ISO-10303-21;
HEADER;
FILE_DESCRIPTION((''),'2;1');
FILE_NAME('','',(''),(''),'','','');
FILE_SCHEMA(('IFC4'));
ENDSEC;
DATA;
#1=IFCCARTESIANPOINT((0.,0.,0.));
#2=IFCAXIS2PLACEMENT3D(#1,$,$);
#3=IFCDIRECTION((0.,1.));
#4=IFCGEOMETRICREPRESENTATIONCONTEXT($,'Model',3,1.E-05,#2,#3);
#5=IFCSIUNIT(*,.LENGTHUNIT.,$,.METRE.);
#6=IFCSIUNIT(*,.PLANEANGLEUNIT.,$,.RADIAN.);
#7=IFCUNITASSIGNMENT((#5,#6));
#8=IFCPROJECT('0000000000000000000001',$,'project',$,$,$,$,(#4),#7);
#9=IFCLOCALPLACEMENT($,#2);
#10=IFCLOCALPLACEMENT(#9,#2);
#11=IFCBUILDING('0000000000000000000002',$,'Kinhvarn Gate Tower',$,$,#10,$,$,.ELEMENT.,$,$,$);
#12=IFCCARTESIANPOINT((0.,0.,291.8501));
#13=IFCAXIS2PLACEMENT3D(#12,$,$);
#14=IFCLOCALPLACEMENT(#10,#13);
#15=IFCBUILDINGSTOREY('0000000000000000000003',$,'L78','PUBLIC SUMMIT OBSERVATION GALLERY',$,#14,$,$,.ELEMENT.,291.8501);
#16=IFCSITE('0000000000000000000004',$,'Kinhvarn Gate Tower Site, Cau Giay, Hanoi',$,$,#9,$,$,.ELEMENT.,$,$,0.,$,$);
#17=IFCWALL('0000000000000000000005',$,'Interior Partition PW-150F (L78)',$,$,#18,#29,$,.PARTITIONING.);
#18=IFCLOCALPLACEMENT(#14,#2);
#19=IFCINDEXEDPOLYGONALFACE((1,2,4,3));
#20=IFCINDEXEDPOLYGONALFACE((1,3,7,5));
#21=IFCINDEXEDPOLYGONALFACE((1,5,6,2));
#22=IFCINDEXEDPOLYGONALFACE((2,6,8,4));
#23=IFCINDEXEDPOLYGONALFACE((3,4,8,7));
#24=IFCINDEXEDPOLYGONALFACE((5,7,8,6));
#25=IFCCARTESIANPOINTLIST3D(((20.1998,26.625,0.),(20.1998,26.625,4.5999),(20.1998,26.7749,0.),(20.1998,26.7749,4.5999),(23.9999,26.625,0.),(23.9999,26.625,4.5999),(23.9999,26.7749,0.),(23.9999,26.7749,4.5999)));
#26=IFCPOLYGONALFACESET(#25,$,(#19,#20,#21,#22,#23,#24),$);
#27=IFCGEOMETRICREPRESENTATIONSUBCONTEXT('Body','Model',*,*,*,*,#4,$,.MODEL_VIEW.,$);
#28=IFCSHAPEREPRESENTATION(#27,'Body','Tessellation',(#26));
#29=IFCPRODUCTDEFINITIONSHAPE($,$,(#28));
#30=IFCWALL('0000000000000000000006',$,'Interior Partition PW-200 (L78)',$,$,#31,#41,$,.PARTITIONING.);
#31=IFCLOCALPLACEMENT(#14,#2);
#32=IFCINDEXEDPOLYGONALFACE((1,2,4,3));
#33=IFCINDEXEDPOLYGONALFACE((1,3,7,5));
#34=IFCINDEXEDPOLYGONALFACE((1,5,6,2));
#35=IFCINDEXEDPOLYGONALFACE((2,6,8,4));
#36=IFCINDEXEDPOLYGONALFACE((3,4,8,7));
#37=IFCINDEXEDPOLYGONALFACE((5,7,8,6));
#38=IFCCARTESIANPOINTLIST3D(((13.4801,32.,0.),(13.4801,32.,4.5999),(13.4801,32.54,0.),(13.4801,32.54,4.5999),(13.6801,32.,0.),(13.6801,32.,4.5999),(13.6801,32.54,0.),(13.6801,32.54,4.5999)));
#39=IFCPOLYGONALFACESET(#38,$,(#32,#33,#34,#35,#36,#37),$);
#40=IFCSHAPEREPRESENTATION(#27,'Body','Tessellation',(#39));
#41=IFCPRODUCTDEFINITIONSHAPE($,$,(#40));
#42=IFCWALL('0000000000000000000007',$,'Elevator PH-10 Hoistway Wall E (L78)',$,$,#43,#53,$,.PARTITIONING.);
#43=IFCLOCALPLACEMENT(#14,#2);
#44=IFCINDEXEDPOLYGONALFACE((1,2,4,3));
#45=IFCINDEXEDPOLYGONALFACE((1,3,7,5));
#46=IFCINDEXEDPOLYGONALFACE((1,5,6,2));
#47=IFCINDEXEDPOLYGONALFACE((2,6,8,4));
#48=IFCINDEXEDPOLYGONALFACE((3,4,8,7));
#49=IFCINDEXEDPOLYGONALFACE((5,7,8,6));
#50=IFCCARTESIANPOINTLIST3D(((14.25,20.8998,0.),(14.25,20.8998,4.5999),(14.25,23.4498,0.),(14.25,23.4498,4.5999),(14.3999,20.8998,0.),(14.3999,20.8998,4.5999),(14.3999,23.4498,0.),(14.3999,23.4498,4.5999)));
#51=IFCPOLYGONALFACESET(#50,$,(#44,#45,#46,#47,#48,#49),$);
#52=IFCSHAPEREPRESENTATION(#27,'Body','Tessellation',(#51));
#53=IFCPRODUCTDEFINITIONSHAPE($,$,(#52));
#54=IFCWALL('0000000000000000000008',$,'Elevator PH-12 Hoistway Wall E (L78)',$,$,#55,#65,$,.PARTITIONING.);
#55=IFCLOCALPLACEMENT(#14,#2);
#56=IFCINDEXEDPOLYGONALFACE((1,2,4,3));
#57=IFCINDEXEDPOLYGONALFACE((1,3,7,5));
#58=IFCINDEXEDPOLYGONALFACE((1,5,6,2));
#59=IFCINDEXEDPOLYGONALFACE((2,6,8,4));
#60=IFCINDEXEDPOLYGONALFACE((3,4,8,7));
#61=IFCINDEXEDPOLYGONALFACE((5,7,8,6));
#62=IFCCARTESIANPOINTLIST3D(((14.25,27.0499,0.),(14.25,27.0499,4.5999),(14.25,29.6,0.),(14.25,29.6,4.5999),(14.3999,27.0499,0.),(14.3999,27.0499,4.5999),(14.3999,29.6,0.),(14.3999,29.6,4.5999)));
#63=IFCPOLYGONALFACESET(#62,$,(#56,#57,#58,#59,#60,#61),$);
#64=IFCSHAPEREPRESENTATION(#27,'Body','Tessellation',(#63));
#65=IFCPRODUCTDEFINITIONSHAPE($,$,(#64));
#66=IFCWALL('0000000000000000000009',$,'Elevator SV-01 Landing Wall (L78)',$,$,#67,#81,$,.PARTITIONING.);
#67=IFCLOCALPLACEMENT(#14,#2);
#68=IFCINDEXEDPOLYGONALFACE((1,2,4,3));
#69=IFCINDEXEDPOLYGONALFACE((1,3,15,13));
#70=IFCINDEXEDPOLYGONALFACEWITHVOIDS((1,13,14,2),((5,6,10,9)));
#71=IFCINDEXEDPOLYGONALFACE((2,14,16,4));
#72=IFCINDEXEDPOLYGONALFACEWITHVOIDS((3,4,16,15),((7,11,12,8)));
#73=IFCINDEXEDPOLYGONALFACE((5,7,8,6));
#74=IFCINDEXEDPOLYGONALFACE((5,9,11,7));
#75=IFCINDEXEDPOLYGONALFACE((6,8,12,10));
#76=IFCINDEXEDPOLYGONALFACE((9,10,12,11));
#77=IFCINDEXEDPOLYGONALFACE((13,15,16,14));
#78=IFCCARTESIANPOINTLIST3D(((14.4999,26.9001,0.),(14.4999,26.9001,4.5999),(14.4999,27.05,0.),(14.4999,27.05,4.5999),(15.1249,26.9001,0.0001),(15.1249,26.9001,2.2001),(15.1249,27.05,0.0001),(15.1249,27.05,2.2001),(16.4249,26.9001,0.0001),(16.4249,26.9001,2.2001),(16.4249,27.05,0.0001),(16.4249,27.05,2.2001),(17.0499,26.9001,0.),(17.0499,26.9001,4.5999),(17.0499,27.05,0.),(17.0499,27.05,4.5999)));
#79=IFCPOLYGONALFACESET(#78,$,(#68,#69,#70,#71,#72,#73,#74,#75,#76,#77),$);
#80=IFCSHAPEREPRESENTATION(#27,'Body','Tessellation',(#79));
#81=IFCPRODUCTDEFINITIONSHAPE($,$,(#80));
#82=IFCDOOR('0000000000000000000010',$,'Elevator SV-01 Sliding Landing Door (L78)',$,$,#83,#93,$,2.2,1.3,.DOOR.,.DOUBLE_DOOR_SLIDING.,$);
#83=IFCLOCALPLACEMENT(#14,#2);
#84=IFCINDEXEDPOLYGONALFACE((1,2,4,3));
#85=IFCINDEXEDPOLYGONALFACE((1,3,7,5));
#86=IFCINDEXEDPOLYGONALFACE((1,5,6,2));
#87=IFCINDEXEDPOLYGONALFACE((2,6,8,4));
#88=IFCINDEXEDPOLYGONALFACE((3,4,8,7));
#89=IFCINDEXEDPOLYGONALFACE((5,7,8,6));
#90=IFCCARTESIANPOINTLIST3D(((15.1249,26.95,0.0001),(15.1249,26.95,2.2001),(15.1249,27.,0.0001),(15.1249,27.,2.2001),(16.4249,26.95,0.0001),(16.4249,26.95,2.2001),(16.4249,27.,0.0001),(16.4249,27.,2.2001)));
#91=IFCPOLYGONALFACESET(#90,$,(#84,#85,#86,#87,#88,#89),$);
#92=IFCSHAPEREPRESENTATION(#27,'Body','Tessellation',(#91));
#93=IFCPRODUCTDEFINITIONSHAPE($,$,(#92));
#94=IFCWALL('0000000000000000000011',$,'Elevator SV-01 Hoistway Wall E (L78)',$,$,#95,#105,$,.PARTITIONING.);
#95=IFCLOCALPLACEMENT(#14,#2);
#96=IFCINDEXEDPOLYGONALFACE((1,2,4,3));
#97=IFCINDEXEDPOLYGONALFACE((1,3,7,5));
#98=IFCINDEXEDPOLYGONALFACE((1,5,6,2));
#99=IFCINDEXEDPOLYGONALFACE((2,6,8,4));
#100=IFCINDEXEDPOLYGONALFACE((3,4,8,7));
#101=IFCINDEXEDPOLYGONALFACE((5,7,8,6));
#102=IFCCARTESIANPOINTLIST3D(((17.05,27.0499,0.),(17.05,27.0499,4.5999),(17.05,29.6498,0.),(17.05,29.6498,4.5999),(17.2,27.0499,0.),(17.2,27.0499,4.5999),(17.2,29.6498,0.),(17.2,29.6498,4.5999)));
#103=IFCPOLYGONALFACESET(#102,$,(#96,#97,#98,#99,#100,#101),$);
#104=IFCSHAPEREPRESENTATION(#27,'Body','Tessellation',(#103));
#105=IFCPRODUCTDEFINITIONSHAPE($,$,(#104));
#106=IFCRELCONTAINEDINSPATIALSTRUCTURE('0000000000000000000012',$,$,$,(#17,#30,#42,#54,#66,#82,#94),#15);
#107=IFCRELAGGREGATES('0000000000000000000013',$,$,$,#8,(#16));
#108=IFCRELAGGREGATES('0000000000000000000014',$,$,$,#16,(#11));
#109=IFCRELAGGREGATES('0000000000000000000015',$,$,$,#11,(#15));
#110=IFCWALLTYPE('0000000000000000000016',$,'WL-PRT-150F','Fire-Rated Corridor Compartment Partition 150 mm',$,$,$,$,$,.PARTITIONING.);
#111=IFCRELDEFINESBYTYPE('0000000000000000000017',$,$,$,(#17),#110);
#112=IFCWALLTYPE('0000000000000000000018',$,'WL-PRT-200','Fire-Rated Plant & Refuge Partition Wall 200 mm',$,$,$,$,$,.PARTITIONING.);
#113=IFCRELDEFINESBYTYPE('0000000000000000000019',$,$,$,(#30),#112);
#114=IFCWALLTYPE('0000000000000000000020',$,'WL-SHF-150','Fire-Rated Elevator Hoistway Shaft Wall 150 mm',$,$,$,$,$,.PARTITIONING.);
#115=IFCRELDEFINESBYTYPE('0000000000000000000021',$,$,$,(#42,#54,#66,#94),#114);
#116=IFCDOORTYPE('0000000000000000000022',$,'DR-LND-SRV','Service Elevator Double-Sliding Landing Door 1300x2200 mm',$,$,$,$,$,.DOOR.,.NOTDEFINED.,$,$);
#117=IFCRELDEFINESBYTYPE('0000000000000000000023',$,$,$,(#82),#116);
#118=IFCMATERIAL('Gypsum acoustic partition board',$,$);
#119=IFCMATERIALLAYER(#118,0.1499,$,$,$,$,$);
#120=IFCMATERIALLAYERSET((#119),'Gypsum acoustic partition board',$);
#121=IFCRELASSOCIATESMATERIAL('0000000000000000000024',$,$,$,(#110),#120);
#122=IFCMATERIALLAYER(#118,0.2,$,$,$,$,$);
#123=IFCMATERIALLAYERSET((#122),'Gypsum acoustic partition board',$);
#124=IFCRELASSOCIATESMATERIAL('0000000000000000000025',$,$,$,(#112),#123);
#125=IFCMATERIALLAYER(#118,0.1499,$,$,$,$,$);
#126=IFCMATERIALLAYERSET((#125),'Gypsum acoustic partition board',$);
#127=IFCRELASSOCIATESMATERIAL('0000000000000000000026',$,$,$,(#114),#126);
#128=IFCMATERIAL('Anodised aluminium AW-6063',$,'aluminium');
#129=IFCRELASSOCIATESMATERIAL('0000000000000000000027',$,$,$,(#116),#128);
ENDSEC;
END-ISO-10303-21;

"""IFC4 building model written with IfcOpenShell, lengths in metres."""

from ifc_helpers import new_model, si_unit, direction, frame, frame_2d, origin, place, context, subcontext, project, spatial, rectangle, extrude, material, layer, layer_set, type_object, element, fill, save


model = new_model("IFC4")

# Units and contexts
model_context = context("Model", 3, precision=1e-05, world=origin(), true_north=direction((0.0, 1.0)))
body_context = subcontext(model_context, "Body", "Model", "MODEL_VIEW")
ifc_project = project(units=[si_unit("LENGTHUNIT", "METRE"), si_unit("PLANEANGLEUNIT", "RADIAN")], contexts=[model_context])

# Site, building, storey
site_placement = place(None, origin())
site = spatial("IfcSite", under=ifc_project, at=site_placement, Name="Kinhvarn Gate Tower Site, Cau Giay, Hanoi", CompositionType="ELEMENT", RefElevation=0.0)
building_placement = place(site_placement, origin())
building = spatial("IfcBuilding", under=site, at=building_placement, Name="Kinhvarn Gate Tower", CompositionType="ELEMENT")
storey_placement = place(building_placement, frame((0.0, 0.0, 291.8501)))
storey = spatial("IfcBuildingStorey", under=building, at=storey_placement, Name="L78", Description="PUBLIC SUMMIT OBSERVATION GALLERY", CompositionType="ELEMENT", Elevation=291.8501)

# Shared definitions
ifc_material_1 = material(Name="Anodised aluminium AW-6063", Category="aluminium")

# Shared definitions
ifc_material_2 = material(Name="Gypsum acoustic partition board")

# Shared definitions
ifc_layer_1 = layer(ifc_material_2, 0.1499)
ifc_layer_set_1 = layer_set([ifc_layer_1], Name="Gypsum acoustic partition board")
wall_type_1 = type_object("IfcWallType", Name="WL-PRT-150F", Description="Fire-Rated Corridor Compartment Partition 150 mm", PredefinedType="PARTITIONING", material=ifc_layer_set_1)

# Walls
for number, where, z_axis, x_axis, name in (
    (1, (20.2, 26.7, 0.0), (0.0, 0.0, 1.0), (1.0, 0.0, 0.0), "Interior Partition PW-150F (L78)"),
):
    element("IfcWall", number, at=place(storey_placement, frame(where, z_axis=z_axis, x_axis=x_axis)), inside=storey, type_object=wall_type_1, Name=name, PredefinedType="PARTITIONING", context=body_context, shape_type="SweptSolid", body=[
        extrude(rectangle(XDim=3.8, YDim=0.1499, at=frame_2d((1.8999, 0.0))), origin(), (0.0, 0.0, 1.0), 4.5999),
    ])
ifc_layer_2 = layer(ifc_material_2, 0.2)
ifc_layer_set_2 = layer_set([ifc_layer_2], Name="Gypsum acoustic partition board")
wall_type_2 = type_object("IfcWallType", Name="WL-PRT-200", Description="Fire-Rated Plant & Refuge Partition Wall 200 mm", PredefinedType="PARTITIONING", material=ifc_layer_set_2)
wall_1_placement = place(storey_placement, frame((13.5801, 32.0, 0.0), z_axis=(0.0, 0.0, 1.0), x_axis=(0.0, 1.0, 0.0)))
element("IfcWall", 2, at=wall_1_placement, inside=storey, type_object=wall_type_2, Name="Interior Partition PW-200 (L78)", PredefinedType="PARTITIONING", context=body_context, shape_type="SweptSolid", body=[
    extrude(rectangle(XDim=0.54, YDim=0.2, at=frame_2d((0.27, 0.0))), origin(), (0.0, 0.0, 1.0), 4.5999),
])
ifc_layer_3 = layer(ifc_material_2, 0.1499)
ifc_layer_set_3 = layer_set([ifc_layer_3], Name="Gypsum acoustic partition board")
wall_type_3 = type_object("IfcWallType", Name="WL-SHF-150", Description="Fire-Rated Elevator Hoistway Shaft Wall 150 mm", PredefinedType="PARTITIONING", material=ifc_layer_set_3)
for number, where, z_axis, x_axis, name in (
    (3, (14.325, 20.8999, 0.0), (0.0, 0.0, 1.0), (0.0, 1.0, 0.0), "Elevator PH-10 Hoistway Wall E (L78)"),
    (4, (14.325, 27.05, 0.0), (0.0, 0.0, 1.0), (0.0, 1.0, 0.0), "Elevator PH-12 Hoistway Wall E (L78)"),
):
    element("IfcWall", number, at=place(storey_placement, frame(where, z_axis=z_axis, x_axis=x_axis)), inside=storey, type_object=wall_type_3, Name=name, PredefinedType="PARTITIONING", context=body_context, shape_type="SweptSolid", body=[
        extrude(rectangle(XDim=2.55, YDim=0.1499, at=frame_2d((1.2749, 0.0))), origin(), (0.0, 0.0, 1.0), 4.5999),
    ])

# Wall, opening, door
wall_2_placement = place(storey_placement, frame((14.5, 26.9751, 0.0), z_axis=(0.0, 0.0, 1.0), x_axis=(1.0, 0.0, 0.0)))
wall_2 = element("IfcWall", 5, at=wall_2_placement, inside=storey, type_object=wall_type_3, Name="Elevator SV-01 Landing Wall (L78)", PredefinedType="PARTITIONING", context=body_context, shape_type="SweptSolid", body=[
    extrude(rectangle(XDim=2.55, YDim=0.1499, at=frame_2d((1.2749, 0.0))), origin(), (0.0, 0.0, 1.0), 4.5999),
])
opening_1_placement = place(wall_2_placement, frame((0.625, 0.0, 0.0)))
opening_1 = element("IfcOpeningElement", 6, at=opening_1_placement, cuts=wall_2, PredefinedType="OPENING", context=body_context, shape_type="SweptSolid", body=[
    extrude(rectangle(XDim=1.3, YDim=2.2, at=frame_2d((0.6499, 1.1001))), frame((0.0, 0.085, 0.0), z_axis=(0.0, -1.0, 0.0), x_axis=(1.0, 0.0, 0.0)), (0.0, 0.0, 1.0), 0.1699),
])
door_type_1 = type_object("IfcDoorType", Name="DR-LND-SRV", Description="Service Elevator Double-Sliding Landing Door 1300x2200 mm", OperationType="NOTDEFINED", PredefinedType="DOOR", material=ifc_material_1)
door_1_placement = place(opening_1_placement, origin())
door_1 = element("IfcDoor", 7, at=door_1_placement, inside=storey, type_object=door_type_1, Name="Elevator SV-01 Sliding Landing Door (L78)", OperationType="DOUBLE_DOOR_SLIDING", OverallHeight=2.2, OverallWidth=1.3, PredefinedType="DOOR", context=body_context, shape_type="SweptSolid", body=[
    extrude(rectangle(XDim=1.3, YDim=2.2, at=frame_2d((0.6499, 1.1001))), frame((0.0, 0.0249, 0.0), z_axis=(0.0, -1.0, 0.0), x_axis=(1.0, 0.0, 0.0)), (0.0, 0.0, 1.0), 0.05),
])
fill(opening_1, door_1)

# Wall
wall_3_placement = place(storey_placement, frame((17.125, 27.05, 0.0), z_axis=(0.0, 0.0, 1.0), x_axis=(0.0, 1.0, 0.0)))
element("IfcWall", 8, at=wall_3_placement, inside=storey, type_object=wall_type_3, Name="Elevator SV-01 Hoistway Wall E (L78)", PredefinedType="PARTITIONING", context=body_context, shape_type="SweptSolid", body=[
    extrude(rectangle(XDim=2.5999, YDim=0.1499, at=frame_2d((1.2998, 0.0))), origin(), (0.0, 0.0, 1.0), 4.5999),
])

save(model, "model.ifc")
